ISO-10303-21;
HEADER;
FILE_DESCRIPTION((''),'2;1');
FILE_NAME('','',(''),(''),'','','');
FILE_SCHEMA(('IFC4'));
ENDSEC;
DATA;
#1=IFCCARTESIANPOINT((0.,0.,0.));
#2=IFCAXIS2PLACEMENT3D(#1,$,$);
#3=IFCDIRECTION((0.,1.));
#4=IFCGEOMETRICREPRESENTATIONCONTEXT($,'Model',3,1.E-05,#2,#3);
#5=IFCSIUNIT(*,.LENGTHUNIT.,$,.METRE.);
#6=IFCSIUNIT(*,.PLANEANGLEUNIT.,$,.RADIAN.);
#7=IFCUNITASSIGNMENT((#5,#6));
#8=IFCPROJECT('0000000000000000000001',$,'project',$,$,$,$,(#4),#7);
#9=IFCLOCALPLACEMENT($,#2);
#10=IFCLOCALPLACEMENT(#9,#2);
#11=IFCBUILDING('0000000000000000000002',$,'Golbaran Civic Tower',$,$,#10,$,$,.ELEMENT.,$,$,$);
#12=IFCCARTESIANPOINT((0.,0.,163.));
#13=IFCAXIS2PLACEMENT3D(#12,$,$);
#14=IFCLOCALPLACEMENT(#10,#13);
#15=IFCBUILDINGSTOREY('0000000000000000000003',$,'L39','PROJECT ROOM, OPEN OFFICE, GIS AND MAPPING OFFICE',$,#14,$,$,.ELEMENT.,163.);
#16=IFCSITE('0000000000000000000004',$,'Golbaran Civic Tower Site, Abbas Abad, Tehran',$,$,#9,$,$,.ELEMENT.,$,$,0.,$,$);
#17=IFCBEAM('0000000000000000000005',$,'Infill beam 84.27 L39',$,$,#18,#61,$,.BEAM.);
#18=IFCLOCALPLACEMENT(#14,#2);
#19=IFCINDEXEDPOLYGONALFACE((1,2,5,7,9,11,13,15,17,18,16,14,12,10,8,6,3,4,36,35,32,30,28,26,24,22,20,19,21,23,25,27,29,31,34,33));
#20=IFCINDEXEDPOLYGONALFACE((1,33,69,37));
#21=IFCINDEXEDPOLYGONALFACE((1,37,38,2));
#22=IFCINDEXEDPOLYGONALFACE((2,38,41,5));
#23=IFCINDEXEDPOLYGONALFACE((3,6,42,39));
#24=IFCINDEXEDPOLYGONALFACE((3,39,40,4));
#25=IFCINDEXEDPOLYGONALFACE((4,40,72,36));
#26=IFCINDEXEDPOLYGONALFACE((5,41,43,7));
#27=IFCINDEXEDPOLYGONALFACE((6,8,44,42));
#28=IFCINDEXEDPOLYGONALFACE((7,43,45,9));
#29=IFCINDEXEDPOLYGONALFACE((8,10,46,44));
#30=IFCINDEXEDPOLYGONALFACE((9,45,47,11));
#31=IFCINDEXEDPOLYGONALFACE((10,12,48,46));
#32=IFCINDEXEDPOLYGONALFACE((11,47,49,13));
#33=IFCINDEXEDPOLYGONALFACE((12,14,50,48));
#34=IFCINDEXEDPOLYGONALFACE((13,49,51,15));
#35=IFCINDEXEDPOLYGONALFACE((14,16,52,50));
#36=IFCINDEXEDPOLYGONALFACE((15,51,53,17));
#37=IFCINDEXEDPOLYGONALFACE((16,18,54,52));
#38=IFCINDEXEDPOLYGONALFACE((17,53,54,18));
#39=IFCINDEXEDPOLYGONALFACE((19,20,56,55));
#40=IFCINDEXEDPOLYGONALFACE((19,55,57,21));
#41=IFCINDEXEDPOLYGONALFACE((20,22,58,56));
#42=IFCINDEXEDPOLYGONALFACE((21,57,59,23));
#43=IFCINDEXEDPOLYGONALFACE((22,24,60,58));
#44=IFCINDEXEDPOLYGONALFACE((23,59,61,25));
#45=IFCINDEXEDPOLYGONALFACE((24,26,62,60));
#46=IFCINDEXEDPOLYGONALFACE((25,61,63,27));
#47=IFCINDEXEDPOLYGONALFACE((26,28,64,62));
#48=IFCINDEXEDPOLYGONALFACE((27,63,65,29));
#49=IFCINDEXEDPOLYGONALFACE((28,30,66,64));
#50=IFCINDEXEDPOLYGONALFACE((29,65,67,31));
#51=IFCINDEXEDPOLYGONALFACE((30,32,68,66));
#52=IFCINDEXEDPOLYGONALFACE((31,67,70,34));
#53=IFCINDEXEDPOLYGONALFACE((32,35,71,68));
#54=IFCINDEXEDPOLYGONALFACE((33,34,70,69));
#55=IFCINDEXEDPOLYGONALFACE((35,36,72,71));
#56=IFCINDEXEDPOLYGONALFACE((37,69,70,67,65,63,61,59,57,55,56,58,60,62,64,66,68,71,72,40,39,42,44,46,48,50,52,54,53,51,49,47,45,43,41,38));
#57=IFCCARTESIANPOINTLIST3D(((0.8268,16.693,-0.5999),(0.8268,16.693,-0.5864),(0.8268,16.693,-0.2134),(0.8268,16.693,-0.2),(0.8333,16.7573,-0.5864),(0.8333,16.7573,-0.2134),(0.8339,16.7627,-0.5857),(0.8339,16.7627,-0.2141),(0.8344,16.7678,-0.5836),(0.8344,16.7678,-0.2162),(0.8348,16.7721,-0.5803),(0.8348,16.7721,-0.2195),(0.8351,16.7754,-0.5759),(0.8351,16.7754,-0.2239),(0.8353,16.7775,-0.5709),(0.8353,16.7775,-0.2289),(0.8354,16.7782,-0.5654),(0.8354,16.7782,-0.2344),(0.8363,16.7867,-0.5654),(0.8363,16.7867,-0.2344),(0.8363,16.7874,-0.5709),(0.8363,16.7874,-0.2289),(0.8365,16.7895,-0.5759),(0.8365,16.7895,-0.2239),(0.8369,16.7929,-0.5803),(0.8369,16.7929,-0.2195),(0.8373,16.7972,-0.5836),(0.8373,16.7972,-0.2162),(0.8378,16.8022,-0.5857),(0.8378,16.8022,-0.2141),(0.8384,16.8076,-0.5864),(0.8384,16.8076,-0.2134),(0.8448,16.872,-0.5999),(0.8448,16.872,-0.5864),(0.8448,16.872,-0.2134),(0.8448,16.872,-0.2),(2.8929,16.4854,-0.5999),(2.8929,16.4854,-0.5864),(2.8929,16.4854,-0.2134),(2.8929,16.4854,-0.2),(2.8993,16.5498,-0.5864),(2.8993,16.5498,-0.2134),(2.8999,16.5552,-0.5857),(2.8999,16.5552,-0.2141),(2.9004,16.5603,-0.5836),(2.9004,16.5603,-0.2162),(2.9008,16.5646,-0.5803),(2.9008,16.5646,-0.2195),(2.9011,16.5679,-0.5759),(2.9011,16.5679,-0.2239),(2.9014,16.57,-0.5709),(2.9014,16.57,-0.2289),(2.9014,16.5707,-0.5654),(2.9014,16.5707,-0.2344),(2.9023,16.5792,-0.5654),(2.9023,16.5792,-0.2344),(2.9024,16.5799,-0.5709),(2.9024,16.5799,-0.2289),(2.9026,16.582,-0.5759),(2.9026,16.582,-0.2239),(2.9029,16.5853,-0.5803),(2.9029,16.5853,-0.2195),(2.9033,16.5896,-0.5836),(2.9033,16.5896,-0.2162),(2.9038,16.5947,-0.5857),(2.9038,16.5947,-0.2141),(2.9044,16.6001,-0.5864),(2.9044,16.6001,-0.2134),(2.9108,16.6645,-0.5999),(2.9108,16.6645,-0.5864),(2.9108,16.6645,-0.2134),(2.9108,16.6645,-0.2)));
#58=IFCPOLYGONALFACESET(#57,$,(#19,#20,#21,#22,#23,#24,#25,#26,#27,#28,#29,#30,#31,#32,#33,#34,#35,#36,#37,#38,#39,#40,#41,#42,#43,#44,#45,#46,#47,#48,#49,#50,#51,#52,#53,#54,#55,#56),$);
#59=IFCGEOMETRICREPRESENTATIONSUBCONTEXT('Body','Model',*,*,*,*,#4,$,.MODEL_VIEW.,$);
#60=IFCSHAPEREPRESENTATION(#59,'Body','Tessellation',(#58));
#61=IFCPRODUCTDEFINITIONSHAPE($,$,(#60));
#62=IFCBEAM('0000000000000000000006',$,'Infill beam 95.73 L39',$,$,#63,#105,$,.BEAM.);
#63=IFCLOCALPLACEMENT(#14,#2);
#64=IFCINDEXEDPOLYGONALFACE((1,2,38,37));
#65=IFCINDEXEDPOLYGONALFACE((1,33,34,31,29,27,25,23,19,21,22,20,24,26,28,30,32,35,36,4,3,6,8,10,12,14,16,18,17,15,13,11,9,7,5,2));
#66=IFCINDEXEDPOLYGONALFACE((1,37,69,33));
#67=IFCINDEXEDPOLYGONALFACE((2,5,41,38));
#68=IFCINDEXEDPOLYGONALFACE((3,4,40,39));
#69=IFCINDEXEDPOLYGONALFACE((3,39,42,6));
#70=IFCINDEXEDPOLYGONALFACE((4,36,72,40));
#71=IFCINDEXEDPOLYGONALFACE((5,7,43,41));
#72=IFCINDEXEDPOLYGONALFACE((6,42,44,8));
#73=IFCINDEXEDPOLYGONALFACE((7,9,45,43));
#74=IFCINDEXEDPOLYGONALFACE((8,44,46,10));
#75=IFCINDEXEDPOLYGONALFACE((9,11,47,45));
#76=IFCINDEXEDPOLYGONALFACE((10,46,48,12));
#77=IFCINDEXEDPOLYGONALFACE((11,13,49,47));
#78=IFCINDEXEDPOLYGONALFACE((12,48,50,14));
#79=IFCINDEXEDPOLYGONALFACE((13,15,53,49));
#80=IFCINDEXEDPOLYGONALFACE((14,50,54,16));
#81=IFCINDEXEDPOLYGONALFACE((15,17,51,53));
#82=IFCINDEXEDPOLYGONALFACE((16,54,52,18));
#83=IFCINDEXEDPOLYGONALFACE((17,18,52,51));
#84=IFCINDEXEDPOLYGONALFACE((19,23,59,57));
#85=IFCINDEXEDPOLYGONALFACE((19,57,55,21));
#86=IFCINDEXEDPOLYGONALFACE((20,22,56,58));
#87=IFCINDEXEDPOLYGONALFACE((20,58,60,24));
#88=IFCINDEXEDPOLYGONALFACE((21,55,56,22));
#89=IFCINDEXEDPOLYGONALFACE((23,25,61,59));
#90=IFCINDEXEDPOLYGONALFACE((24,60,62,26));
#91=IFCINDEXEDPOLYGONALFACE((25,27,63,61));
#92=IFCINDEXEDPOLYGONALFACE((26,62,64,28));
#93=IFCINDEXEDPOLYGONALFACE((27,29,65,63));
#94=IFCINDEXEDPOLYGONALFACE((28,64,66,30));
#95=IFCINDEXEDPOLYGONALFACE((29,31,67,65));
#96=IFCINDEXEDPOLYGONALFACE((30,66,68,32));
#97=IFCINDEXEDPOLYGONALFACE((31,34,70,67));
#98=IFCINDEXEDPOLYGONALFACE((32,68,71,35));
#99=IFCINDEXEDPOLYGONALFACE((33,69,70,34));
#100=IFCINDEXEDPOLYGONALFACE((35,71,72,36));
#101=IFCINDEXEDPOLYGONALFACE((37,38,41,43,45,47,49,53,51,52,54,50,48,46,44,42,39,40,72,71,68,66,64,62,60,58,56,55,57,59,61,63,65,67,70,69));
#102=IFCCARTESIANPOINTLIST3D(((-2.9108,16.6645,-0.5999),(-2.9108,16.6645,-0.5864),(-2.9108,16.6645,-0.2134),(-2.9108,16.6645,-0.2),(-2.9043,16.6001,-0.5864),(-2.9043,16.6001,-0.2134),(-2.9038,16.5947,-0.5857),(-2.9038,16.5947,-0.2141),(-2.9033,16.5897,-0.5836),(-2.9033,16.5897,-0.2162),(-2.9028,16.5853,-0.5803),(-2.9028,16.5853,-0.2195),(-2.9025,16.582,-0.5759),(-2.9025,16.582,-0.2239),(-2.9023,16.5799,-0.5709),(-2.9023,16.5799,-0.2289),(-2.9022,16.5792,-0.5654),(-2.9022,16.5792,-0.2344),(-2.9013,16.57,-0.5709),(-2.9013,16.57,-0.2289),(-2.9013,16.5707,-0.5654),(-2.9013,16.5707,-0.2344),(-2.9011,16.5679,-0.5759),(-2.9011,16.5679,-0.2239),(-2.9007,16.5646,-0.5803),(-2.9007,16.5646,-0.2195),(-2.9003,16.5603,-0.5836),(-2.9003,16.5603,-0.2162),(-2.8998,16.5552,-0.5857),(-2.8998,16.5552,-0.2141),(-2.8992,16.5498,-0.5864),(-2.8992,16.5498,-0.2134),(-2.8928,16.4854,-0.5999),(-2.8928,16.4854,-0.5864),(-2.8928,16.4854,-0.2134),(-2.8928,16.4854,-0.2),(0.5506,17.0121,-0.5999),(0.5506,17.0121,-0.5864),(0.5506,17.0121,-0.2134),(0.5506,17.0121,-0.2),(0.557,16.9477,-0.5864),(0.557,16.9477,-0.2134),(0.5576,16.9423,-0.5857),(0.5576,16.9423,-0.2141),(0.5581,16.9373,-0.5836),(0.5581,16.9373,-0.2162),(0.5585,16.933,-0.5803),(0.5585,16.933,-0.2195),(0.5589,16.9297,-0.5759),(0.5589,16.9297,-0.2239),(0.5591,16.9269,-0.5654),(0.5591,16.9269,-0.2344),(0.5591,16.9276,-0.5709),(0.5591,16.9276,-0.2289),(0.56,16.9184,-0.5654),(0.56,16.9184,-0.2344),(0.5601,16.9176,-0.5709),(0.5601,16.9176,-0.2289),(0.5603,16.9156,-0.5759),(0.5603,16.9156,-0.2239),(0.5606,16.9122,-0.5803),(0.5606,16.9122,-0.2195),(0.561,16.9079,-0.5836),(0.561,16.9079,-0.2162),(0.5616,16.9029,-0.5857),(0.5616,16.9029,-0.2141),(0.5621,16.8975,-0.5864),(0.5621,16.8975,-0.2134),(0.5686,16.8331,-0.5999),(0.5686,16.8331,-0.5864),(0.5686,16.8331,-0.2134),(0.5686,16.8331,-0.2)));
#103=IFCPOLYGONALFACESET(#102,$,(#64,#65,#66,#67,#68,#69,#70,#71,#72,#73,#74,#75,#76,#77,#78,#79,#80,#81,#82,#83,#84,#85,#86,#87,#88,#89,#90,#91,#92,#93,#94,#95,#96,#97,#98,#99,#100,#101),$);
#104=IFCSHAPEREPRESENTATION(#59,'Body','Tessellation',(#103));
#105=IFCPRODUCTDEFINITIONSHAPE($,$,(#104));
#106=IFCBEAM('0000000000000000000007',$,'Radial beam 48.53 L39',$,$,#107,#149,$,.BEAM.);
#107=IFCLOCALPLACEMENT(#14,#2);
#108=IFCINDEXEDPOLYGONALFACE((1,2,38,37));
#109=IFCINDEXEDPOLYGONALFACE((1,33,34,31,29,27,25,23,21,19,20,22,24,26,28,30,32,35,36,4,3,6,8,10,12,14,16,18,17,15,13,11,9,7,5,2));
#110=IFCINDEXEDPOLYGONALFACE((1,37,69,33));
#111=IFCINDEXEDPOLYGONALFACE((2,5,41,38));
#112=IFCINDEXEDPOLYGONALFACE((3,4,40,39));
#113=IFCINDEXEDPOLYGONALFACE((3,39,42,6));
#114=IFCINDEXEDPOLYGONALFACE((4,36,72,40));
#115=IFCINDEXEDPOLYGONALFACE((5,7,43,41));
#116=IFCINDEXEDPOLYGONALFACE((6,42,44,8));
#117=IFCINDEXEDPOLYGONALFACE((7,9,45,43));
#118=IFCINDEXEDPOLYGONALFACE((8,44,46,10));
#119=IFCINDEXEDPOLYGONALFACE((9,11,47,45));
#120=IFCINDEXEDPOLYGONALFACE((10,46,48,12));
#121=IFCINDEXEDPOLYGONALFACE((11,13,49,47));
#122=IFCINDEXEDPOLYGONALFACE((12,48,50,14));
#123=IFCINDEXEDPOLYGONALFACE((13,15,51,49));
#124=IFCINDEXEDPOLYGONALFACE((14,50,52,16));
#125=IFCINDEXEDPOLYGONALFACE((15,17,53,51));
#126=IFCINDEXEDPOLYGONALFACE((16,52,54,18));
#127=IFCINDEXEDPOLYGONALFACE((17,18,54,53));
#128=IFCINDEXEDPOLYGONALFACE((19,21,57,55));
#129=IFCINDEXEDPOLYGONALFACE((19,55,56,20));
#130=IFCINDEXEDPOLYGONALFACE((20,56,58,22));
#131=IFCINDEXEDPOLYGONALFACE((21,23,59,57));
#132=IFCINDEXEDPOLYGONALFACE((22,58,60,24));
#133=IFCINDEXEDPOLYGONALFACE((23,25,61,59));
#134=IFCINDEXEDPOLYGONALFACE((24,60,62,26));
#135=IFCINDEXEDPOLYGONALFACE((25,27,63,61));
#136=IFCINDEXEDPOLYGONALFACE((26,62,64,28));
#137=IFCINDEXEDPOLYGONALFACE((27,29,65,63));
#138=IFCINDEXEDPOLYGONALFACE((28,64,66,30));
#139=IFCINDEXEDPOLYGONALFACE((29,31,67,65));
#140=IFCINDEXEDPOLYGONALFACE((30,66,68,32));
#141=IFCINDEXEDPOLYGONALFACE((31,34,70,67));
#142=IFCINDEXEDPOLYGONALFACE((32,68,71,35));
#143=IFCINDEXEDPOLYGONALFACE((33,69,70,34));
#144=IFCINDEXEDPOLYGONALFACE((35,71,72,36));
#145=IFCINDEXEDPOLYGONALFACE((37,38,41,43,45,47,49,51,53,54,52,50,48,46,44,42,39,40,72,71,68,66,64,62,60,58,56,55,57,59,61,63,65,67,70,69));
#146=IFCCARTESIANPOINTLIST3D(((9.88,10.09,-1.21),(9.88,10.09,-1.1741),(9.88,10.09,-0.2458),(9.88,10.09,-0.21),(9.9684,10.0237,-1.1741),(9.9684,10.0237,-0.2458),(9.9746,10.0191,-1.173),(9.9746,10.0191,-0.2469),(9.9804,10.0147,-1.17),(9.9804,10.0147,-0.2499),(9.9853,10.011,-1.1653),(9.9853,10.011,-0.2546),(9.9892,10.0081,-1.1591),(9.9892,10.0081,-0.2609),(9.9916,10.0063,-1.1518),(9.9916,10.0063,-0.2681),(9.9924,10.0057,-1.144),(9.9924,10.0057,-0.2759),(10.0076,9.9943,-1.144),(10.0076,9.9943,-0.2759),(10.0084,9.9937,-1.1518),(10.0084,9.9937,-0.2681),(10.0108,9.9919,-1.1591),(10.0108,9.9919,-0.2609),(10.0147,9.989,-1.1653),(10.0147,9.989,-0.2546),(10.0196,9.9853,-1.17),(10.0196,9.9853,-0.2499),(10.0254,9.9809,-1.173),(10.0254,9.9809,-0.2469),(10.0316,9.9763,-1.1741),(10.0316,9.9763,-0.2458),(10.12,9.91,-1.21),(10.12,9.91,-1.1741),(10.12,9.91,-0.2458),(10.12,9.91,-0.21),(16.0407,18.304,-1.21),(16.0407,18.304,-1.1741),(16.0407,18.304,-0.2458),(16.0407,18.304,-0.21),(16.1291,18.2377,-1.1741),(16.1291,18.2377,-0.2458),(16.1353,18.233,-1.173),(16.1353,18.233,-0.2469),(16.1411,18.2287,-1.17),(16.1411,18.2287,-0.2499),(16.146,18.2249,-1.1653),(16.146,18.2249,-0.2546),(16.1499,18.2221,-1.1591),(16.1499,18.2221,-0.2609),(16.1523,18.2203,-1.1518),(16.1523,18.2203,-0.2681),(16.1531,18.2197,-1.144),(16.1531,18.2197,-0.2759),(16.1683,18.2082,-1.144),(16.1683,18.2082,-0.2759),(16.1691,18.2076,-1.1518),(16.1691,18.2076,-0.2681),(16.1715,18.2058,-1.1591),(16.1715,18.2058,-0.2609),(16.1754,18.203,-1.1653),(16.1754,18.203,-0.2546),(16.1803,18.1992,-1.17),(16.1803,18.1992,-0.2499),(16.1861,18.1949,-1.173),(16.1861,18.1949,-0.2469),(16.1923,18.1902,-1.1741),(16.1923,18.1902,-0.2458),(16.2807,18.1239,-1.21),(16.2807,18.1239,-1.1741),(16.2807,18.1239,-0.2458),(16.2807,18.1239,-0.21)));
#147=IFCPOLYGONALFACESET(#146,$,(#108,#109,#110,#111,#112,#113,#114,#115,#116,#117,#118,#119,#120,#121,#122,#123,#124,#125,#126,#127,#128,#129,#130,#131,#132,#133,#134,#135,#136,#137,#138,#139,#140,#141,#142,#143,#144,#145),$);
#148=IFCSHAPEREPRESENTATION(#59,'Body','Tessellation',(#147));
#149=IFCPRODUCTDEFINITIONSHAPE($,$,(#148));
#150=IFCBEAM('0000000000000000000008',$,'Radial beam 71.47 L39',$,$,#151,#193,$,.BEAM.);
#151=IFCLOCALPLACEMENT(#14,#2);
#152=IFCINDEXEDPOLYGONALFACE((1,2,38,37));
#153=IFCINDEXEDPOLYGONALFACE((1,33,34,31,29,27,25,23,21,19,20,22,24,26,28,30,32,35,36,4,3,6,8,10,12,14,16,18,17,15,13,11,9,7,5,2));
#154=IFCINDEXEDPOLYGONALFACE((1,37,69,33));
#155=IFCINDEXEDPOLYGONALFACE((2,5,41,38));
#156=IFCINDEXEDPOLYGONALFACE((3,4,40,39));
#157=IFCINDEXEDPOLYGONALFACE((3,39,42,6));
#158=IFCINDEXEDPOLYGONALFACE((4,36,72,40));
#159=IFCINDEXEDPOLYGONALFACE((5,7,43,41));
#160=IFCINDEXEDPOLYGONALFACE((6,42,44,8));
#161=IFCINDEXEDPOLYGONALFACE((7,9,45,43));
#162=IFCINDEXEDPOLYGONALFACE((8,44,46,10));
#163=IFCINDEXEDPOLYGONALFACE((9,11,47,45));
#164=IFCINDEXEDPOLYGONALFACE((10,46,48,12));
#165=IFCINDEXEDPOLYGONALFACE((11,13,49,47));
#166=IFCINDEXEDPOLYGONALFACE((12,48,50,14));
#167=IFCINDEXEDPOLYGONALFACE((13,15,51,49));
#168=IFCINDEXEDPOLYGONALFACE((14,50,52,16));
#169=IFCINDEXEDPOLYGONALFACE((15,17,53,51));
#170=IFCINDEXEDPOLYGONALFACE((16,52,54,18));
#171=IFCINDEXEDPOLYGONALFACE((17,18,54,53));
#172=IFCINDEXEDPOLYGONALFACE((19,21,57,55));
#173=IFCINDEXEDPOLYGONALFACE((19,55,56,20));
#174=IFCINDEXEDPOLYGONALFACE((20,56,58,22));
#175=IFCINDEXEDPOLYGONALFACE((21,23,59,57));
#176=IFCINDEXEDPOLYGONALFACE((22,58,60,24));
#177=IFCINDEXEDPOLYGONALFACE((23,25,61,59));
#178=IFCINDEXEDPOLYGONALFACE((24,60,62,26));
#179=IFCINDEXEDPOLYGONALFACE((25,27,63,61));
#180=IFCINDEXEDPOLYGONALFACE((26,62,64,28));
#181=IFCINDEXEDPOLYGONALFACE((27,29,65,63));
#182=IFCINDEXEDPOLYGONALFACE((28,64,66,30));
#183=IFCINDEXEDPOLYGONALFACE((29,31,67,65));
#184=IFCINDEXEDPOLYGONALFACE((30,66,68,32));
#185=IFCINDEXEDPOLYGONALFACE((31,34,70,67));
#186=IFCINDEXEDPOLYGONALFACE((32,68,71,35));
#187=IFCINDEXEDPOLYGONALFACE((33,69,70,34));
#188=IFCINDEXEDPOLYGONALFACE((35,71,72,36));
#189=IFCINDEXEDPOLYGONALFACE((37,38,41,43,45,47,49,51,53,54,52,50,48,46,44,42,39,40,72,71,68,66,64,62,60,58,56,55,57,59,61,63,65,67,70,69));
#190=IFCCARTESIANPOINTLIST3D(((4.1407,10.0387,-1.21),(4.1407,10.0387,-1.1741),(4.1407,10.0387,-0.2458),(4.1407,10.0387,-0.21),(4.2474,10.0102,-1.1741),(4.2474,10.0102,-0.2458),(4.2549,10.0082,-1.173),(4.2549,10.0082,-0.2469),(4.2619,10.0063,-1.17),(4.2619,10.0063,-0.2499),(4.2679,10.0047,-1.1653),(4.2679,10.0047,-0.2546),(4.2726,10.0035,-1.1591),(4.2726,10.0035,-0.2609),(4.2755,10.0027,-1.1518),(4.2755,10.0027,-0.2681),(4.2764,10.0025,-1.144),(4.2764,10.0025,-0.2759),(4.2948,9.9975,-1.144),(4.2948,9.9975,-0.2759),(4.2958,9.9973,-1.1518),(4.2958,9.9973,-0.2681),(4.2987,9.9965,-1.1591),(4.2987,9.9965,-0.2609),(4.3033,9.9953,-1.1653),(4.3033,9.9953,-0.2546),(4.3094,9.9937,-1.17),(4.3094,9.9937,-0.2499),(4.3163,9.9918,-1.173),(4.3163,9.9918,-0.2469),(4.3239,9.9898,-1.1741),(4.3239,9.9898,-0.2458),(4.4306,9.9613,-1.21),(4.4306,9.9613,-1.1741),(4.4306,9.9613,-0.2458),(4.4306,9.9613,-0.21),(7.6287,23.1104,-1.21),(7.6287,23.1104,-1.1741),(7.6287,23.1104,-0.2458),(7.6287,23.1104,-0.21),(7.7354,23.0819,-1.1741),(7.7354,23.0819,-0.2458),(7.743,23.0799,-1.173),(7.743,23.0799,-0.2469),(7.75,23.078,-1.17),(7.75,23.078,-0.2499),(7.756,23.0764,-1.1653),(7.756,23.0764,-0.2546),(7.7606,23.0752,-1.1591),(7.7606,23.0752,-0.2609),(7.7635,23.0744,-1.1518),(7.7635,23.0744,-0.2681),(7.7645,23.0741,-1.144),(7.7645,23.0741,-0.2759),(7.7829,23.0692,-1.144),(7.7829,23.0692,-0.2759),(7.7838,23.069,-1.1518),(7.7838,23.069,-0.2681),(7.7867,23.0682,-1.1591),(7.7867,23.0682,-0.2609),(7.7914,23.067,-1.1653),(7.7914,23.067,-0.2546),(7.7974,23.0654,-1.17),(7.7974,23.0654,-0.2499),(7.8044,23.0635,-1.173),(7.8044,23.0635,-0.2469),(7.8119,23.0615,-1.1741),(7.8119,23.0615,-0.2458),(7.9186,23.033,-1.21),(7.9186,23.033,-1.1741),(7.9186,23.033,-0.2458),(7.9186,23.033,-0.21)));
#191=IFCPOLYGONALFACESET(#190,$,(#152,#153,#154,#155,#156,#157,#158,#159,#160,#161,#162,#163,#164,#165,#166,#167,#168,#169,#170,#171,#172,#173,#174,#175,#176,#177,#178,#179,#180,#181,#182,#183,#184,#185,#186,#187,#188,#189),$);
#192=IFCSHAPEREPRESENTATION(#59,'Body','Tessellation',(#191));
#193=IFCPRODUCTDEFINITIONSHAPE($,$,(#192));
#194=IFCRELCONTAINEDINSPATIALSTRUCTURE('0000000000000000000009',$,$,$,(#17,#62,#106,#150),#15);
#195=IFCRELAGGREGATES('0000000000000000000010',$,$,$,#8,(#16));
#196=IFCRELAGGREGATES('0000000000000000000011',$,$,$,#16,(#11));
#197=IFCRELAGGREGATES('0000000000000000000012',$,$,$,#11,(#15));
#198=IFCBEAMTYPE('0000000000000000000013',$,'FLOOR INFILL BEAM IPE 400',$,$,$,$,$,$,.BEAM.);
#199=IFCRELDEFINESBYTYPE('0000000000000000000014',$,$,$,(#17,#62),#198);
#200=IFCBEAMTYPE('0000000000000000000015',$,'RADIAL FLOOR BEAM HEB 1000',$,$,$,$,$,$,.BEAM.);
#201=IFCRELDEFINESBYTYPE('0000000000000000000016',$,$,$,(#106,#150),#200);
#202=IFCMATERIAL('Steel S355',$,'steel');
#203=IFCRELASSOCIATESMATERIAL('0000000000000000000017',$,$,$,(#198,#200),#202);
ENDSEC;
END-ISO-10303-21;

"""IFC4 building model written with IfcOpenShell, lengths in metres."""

from ifc_helpers import new_model, si_unit, direction, frame, origin, origin_2d, place, context, subcontext, project, spatial, i_section, extrude, material, material_profile, profile_set, type_object, element, save


model = new_model("IFC4")

# Units and contexts
model_context = context("Model", 3, precision=1e-05, world=origin(), true_north=direction((0.0, 1.0)))
body_context = subcontext(model_context, "Body", "Model", "MODEL_VIEW")
ifc_project = project(units=[si_unit("LENGTHUNIT", "METRE"), si_unit("PLANEANGLEUNIT", "RADIAN")], contexts=[model_context])

# Site, building, storey
site_placement = place(None, origin())
site = spatial("IfcSite", under=ifc_project, at=site_placement, Name="Golbaran Civic Tower Site, Abbas Abad, Tehran", CompositionType="ELEMENT", RefElevation=0.0)
building_placement = place(site_placement, origin())
building = spatial("IfcBuilding", under=site, at=building_placement, Name="Golbaran Civic Tower", CompositionType="ELEMENT")
storey_placement = place(building_placement, frame((0.0, 0.0, 163.0)))
storey = spatial("IfcBuildingStorey", under=building, at=storey_placement, Name="L39", Description="PROJECT ROOM, OPEN OFFICE, GIS AND MAPPING OFFICE", CompositionType="ELEMENT", Elevation=163.0)

# Beams
ifc_material_1 = material(Name="Steel S355", Category="steel")
ifc_material_profile_1 = material_profile(ifc_material_1, i_section(OverallWidth=0.1799, OverallDepth=0.3999, WebThickness=0.0085, FlangeThickness=0.0134, FilletRadius=0.021, at=origin_2d()), Name="IPE 400")
ifc_profile_set_1 = profile_set([ifc_material_profile_1], Name="Steel S355")
beam_type_1 = type_object("IfcBeamType", Name="FLOOR INFILL BEAM IPE 400", PredefinedType="BEAM", material=ifc_profile_set_1)
beam_1_placement = place(storey_placement, frame((2.9019, 16.575, -0.3999), z_axis=(-0.994993, 0.099946, 0.0), x_axis=(-0.099946, -0.994993, 0.0)))
element("IfcBeam", 1, at=beam_1_placement, inside=storey, type_object=beam_type_1, Name="Infill beam 84.27 L39", PredefinedType="BEAM", context=body_context, shape_type="SweptSolid", body=[
    extrude(i_section(OverallWidth=0.1799, OverallDepth=0.3999, WebThickness=0.0085, FlangeThickness=0.0134, FilletRadius=0.021, at=origin_2d()), origin(), (0.0, 0.0, 1.0), 2.0764),
])
beam_2_placement = place(storey_placement, frame((0.5596, 16.9226, -0.3999), z_axis=(-0.994994, -0.099935, 0.0), x_axis=(0.099935, -0.994994, 0.0)))
element("IfcBeam", 2, at=beam_2_placement, inside=storey, type_object=beam_type_1, Name="Infill beam 95.73 L39", PredefinedType="BEAM", context=body_context, shape_type="SweptSolid", body=[
    extrude(i_section(OverallWidth=0.1799, OverallDepth=0.3999, WebThickness=0.0085, FlangeThickness=0.0134, FilletRadius=0.021, at=origin_2d()), origin(), (0.0, 0.0, 1.0), 3.4788),
])
ifc_material_profile_2 = material_profile(ifc_material_1, i_section(OverallWidth=0.3, OverallDepth=1.0, WebThickness=0.019, FlangeThickness=0.0359, FilletRadius=0.03, at=origin_2d()), Name="HEB 1000")
ifc_profile_set_2 = profile_set([ifc_material_profile_2], Name="Steel S355")
beam_type_2 = type_object("IfcBeamType", Name="RADIAL FLOOR BEAM HEB 1000", PredefinedType="BEAM", material=ifc_profile_set_2)
beam_3_placement = place(storey_placement, frame((10.0, 10.0, -0.71), z_axis=(0.600015, 0.799989, 0.0), x_axis=(-0.799989, 0.600015, 0.0)))
element("IfcBeam", 3, at=beam_3_placement, inside=storey, type_object=beam_type_2, Name="Radial beam 48.53 L39", PredefinedType="BEAM", context=body_context, shape_type="SweptSolid", body=[
    extrude(i_section(OverallWidth=0.3, OverallDepth=1.0, WebThickness=0.019, FlangeThickness=0.0359, FilletRadius=0.03, at=origin_2d()), origin(), (0.0, 0.0, 1.0), 10.2676),
])
beam_4_placement = place(storey_placement, frame((4.2856, 10.0, -0.71), z_axis=(0.257817, 0.966194, 0.0), x_axis=(-0.966194, 0.257817, 0.0)))
element("IfcBeam", 4, at=beam_4_placement, inside=storey, type_object=beam_type_2, Name="Radial beam 71.47 L39", PredefinedType="BEAM", context=body_context, shape_type="SweptSolid", body=[
    extrude(i_section(OverallWidth=0.3, OverallDepth=1.0, WebThickness=0.019, FlangeThickness=0.0359, FilletRadius=0.03, at=origin_2d()), origin(), (0.0, 0.0, 1.0), 13.5291),
])

save(model, "model.ifc")
